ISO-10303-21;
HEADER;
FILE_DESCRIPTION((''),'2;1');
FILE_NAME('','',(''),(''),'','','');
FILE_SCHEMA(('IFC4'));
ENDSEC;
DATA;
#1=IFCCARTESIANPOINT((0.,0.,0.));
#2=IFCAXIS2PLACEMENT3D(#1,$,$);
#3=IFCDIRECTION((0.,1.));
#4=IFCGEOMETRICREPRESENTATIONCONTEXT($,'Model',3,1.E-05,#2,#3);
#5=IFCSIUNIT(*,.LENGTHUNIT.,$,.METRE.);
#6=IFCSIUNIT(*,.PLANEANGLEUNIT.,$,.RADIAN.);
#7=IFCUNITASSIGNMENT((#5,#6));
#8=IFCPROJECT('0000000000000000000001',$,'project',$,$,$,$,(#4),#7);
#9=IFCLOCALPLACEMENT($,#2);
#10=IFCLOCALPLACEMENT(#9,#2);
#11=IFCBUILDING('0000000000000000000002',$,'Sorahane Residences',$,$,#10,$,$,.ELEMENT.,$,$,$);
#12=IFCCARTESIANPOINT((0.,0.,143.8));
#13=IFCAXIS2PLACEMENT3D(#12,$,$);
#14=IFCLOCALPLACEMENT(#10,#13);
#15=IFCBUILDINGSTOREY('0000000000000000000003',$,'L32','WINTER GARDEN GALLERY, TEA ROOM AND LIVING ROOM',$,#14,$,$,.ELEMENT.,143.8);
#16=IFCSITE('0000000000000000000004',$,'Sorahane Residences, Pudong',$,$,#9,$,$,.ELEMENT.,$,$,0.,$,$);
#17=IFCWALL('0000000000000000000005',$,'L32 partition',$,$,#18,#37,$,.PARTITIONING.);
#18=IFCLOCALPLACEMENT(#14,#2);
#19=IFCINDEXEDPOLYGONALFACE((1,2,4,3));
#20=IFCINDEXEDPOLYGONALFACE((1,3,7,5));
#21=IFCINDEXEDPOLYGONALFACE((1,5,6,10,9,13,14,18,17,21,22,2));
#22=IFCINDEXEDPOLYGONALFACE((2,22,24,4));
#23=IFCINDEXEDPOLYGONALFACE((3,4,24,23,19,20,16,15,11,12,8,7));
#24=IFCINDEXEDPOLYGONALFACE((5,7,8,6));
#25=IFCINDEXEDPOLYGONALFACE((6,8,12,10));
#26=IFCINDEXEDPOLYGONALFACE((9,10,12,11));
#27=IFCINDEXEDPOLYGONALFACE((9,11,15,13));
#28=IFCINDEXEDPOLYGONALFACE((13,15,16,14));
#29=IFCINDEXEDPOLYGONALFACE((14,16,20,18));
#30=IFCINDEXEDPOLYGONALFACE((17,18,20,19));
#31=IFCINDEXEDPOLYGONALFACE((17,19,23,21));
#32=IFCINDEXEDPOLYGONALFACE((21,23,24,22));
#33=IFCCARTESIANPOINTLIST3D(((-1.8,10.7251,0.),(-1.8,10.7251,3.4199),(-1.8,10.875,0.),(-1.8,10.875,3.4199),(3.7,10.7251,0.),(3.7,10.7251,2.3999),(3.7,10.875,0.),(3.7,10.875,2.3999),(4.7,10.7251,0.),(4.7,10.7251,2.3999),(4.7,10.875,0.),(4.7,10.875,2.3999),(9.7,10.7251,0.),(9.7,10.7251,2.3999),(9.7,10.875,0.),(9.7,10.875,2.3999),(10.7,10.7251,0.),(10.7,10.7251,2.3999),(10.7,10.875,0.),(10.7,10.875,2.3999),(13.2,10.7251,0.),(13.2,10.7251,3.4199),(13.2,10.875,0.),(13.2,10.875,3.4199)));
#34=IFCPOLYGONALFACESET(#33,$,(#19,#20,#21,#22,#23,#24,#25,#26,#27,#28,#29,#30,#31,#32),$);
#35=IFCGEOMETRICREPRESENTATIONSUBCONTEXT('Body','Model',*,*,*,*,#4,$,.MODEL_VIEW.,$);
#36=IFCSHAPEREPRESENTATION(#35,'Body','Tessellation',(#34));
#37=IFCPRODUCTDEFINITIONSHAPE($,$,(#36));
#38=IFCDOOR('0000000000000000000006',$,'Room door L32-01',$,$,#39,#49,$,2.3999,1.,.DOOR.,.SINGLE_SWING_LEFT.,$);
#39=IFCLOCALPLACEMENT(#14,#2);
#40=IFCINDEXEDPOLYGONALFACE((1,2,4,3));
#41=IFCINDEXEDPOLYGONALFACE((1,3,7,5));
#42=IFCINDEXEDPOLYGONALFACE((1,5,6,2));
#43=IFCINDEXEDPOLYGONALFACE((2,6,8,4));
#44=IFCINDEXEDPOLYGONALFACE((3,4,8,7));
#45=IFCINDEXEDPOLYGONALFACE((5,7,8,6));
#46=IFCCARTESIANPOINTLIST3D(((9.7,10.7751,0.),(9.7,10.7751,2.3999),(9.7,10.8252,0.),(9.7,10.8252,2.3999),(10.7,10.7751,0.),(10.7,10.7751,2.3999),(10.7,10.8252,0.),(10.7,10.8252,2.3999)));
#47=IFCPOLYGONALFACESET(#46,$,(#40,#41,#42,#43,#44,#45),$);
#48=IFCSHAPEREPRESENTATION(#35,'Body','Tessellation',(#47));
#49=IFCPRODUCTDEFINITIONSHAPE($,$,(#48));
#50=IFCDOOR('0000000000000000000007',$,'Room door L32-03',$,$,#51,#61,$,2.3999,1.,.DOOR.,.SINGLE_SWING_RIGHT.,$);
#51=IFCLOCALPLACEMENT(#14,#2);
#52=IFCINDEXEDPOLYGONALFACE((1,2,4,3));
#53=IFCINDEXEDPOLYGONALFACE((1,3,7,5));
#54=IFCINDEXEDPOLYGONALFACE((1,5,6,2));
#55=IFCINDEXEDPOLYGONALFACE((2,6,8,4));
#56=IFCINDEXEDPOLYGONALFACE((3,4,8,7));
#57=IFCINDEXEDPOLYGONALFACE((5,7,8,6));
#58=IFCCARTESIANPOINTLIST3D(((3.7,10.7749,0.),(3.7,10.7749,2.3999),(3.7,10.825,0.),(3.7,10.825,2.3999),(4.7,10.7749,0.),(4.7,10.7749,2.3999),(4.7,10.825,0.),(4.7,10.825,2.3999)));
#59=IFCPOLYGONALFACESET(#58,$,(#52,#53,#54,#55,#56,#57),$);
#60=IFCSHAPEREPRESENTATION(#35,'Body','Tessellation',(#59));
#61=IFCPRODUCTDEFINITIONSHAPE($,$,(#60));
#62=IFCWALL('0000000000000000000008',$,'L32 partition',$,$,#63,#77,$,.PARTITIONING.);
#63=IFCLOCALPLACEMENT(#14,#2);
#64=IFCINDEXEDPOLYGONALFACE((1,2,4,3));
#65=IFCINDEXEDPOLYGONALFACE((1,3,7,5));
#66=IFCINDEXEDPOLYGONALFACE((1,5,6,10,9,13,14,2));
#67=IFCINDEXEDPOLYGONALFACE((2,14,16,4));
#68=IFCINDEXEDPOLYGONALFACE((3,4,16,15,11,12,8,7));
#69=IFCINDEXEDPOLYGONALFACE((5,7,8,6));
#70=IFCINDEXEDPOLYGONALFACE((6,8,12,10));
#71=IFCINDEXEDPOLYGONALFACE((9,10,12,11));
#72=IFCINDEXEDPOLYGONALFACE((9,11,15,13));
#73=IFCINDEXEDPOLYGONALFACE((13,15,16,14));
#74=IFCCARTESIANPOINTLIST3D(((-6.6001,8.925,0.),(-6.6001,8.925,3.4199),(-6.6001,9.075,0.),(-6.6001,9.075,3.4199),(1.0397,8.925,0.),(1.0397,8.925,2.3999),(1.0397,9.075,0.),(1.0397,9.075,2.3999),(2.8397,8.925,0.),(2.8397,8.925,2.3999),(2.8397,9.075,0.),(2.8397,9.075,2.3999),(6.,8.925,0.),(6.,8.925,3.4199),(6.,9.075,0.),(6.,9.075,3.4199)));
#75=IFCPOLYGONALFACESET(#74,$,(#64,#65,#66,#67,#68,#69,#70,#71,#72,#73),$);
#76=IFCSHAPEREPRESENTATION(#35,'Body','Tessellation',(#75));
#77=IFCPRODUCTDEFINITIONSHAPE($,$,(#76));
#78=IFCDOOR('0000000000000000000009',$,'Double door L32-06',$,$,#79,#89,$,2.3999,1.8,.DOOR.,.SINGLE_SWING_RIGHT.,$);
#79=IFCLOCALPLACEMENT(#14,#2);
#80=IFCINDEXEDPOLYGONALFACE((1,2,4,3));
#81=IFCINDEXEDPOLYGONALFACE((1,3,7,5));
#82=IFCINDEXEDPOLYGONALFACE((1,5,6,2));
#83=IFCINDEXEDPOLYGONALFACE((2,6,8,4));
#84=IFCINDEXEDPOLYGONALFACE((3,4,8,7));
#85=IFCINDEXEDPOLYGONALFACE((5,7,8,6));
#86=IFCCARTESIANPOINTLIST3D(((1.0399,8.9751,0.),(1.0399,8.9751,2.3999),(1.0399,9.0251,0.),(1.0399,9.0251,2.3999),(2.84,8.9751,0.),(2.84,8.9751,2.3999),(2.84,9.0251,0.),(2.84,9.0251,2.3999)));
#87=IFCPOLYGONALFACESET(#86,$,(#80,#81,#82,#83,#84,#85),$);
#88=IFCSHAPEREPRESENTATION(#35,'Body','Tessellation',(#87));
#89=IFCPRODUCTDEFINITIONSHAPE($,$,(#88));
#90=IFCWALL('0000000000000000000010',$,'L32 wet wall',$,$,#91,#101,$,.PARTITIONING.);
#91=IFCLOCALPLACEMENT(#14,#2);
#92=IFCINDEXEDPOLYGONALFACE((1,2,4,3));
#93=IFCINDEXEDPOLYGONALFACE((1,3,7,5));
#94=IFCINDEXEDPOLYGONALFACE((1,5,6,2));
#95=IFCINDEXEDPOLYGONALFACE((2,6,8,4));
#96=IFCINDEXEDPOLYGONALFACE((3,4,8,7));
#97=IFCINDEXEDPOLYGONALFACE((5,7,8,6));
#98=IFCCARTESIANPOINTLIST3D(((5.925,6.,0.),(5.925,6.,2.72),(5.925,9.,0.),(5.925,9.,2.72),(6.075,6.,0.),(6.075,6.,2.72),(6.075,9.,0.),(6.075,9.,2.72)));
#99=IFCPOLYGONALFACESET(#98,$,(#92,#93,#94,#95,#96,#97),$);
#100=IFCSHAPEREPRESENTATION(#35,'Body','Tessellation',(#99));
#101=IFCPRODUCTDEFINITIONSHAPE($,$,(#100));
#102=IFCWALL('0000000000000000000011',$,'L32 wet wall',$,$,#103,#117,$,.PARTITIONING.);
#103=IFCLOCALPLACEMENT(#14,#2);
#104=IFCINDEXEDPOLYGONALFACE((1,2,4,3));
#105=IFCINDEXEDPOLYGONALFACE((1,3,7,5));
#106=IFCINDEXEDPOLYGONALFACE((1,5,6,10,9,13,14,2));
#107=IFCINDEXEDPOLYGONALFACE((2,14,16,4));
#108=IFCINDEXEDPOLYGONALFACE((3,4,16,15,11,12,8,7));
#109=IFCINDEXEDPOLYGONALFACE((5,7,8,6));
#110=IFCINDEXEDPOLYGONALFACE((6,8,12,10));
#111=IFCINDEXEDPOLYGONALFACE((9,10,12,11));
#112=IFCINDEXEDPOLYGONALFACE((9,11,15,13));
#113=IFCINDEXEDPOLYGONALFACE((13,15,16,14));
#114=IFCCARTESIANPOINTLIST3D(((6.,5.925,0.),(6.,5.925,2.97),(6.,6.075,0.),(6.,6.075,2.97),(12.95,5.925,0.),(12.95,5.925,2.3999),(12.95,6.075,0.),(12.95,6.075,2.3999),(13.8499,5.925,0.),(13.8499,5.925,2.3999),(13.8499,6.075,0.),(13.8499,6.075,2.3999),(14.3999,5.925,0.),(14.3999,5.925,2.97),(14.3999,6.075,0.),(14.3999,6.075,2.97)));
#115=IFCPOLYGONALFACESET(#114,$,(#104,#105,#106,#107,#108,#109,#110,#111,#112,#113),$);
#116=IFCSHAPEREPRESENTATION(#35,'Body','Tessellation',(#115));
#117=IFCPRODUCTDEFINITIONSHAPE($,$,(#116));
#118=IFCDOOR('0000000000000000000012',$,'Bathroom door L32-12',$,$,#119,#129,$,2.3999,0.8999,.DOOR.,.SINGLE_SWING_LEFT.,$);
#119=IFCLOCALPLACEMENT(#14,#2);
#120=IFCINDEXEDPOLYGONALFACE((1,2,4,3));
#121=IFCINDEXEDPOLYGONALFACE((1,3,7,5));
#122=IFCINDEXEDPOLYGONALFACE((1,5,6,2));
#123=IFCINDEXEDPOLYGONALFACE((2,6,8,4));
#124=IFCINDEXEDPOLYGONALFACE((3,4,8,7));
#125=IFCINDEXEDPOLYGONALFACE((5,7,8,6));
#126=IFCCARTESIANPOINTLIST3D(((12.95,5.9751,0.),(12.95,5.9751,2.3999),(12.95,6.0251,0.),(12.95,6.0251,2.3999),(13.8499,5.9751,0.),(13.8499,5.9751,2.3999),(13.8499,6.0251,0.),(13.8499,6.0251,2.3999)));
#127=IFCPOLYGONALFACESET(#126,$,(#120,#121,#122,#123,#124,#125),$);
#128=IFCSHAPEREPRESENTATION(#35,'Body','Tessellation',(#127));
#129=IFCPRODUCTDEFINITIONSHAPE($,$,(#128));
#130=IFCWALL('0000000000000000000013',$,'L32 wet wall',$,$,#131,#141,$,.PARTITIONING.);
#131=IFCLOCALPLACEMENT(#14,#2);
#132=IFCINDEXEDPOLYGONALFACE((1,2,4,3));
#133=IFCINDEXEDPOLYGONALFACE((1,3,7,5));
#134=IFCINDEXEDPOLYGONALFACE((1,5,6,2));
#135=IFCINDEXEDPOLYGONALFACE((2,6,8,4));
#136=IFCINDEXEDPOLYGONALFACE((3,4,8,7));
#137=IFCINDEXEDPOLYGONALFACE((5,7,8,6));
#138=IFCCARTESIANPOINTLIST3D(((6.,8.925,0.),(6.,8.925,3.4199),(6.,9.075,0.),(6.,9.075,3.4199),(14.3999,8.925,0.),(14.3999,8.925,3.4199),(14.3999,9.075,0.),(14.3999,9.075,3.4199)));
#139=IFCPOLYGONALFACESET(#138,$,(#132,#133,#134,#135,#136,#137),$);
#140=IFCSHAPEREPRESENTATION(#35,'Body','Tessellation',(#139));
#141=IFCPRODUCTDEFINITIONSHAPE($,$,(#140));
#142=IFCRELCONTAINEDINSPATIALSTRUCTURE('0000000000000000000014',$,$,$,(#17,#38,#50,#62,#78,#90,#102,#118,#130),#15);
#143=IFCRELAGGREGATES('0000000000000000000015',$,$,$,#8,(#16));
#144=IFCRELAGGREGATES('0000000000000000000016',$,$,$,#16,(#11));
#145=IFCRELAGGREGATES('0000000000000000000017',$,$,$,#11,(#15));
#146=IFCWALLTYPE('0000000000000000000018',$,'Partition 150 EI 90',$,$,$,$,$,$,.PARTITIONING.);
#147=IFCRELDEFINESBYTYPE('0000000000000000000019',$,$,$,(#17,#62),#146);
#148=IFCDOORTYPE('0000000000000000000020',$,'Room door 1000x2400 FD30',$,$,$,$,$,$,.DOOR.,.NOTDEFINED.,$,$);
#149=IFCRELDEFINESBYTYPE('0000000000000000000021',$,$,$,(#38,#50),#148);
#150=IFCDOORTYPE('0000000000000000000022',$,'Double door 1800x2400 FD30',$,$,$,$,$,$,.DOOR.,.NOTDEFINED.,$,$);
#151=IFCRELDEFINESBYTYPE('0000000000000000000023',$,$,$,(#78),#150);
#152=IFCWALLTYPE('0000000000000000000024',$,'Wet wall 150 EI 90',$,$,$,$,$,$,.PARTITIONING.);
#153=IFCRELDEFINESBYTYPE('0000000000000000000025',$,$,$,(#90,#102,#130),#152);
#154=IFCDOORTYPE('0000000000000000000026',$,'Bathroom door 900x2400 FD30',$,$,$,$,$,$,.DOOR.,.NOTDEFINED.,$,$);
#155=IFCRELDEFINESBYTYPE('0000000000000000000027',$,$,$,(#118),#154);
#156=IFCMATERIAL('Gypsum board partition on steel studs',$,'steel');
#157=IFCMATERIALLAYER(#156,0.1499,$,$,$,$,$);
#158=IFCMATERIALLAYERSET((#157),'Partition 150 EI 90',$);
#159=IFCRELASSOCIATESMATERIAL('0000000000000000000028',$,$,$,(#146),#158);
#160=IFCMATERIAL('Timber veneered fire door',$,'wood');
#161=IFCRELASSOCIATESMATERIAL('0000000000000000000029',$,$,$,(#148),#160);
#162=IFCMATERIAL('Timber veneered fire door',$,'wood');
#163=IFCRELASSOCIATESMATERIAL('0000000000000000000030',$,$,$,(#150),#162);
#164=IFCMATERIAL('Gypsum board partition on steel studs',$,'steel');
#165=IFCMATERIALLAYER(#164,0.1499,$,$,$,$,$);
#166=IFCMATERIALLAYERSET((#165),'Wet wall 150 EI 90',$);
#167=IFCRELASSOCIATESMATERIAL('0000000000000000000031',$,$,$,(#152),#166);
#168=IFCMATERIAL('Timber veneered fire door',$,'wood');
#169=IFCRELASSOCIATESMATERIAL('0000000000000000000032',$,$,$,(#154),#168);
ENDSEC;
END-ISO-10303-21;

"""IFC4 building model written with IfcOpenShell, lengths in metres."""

from ifc_helpers import new_model, si_unit, direction, frame, frame_2d, origin, place, context, subcontext, project, spatial, rectangle, extrude, material, layer, layer_set, type_object, element, fill, save


model = new_model("IFC4")

# Units and contexts
model_context = context("Model", 3, precision=1e-05, world=origin(), true_north=direction((0.0, 1.0)))
body_context = subcontext(model_context, "Body", "Model", "MODEL_VIEW")
ifc_project = project(units=[si_unit("LENGTHUNIT", "METRE"), si_unit("PLANEANGLEUNIT", "RADIAN")], contexts=[model_context])

# Site, building, storey
site_placement = place(None, origin())
site = spatial("IfcSite", under=ifc_project, at=site_placement, Name="Sorahane Residences, Pudong", CompositionType="ELEMENT", RefElevation=0.0)
building_placement = place(site_placement, origin())
building = spatial("IfcBuilding", under=site, at=building_placement, Name="Sorahane Residences", CompositionType="ELEMENT")
storey_placement = place(building_placement, frame((0.0, 0.0, 143.8)))
storey = spatial("IfcBuildingStorey", under=building, at=storey_placement, Name="L32", Description="WINTER GARDEN GALLERY, TEA ROOM AND LIVING ROOM", CompositionType="ELEMENT", Elevation=143.8)

# Wall, openings, doors
ifc_material_1 = material(Name="Gypsum board partition on steel studs", Category="steel")
ifc_layer_1 = layer(ifc_material_1, 0.1499)
ifc_layer_set_1 = layer_set([ifc_layer_1], Name="Partition 150 EI 90")
wall_type_1 = type_object("IfcWallType", Name="Partition 150 EI 90", PredefinedType="PARTITIONING", material=ifc_layer_set_1)
wall_1_placement = place(storey_placement, frame((-1.8, 10.8, 0.0), z_axis=(0.0, 0.0, 1.0), x_axis=(1.0, 0.0, 0.0)))
wall_1 = element("IfcWall", 1, at=wall_1_placement, inside=storey, type_object=wall_type_1, Name="L32 partition", PredefinedType="PARTITIONING", context=body_context, shape_type="SweptSolid", body=[
    extrude(rectangle(XDim=15.0, YDim=0.1499, at=frame_2d((7.5, 0.0))), origin(), (0.0, 0.0, 1.0), 3.4199),
])
opening_1_placement = place(wall_1_placement, frame((11.5, 0.0, 0.0)))
opening_1 = element("IfcOpeningElement", 2, at=opening_1_placement, cuts=wall_1, PredefinedType="OPENING", context=body_context, shape_type="SweptSolid", body=[
    extrude(rectangle(XDim=1.0, YDim=2.3999, at=frame_2d((0.5, 1.2))), frame((0.0, 0.085, 0.0), z_axis=(0.0, -1.0, 0.0), x_axis=(1.0, 0.0, 0.0)), (0.0, 0.0, 1.0), 0.1699),
])
opening_2_placement = place(wall_1_placement, frame((5.5, 0.0, 0.0)))
opening_2 = element("IfcOpeningElement", 3, at=opening_2_placement, cuts=wall_1, PredefinedType="OPENING", context=body_context, shape_type="SweptSolid", body=[
    extrude(rectangle(XDim=1.0, YDim=2.3999, at=frame_2d((0.5, 1.2))), frame((0.0, 0.085, 0.0), z_axis=(0.0, -1.0, 0.0), x_axis=(1.0, 0.0, 0.0)), (0.0, 0.0, 1.0), 0.1699),
])
ifc_material_2 = material(Name="Timber veneered fire door", Category="wood")
door_type_1 = type_object("IfcDoorType", Name="Room door 1000x2400 FD30", OperationType="NOTDEFINED", PredefinedType="DOOR", material=ifc_material_2)
door_1_placement = place(opening_1_placement, frame((1.0, 0.0, 0.0), z_axis=(0.0, 0.0, 1.0), x_axis=(-1.0, 0.0, 0.0)))
door_1 = element("IfcDoor", 4, at=door_1_placement, inside=storey, type_object=door_type_1, Name="Room door L32-01", OperationType="SINGLE_SWING_LEFT", OverallHeight=2.3999, OverallWidth=1.0, PredefinedType="DOOR", context=body_context, shape_type="SweptSolid", body=[
    extrude(rectangle(XDim=1.0, YDim=2.3999, at=frame_2d((0.5, 1.2))), frame((0.0, 0.0249, 0.0), z_axis=(0.0, -1.0, 0.0), x_axis=(1.0, 0.0, 0.0)), (0.0, 0.0, 1.0), 0.05),
])
fill(opening_1, door_1)
door_2_placement = place(opening_2_placement, origin())
door_2 = element("IfcDoor", 5, at=door_2_placement, inside=storey, type_object=door_type_1, Name="Room door L32-03", OperationType="SINGLE_SWING_RIGHT", OverallHeight=2.3999, OverallWidth=1.0, PredefinedType="DOOR", context=body_context, shape_type="SweptSolid", body=[
    extrude(rectangle(XDim=1.0, YDim=2.3999, at=frame_2d((0.5, 1.2))), frame((0.0, 0.0249, 0.0), z_axis=(0.0, -1.0, 0.0), x_axis=(1.0, 0.0, 0.0)), (0.0, 0.0, 1.0), 0.05),
])
fill(opening_2, door_2)

# Wall, opening, door
wall_2_placement = place(storey_placement, frame((-6.6001, 9.0, 0.0), z_axis=(0.0, 0.0, 1.0), x_axis=(1.0, 0.0, 0.0)))
wall_2 = element("IfcWall", 6, at=wall_2_placement, inside=storey, type_object=wall_type_1, Name="L32 partition", PredefinedType="PARTITIONING", context=body_context, shape_type="SweptSolid", body=[
    extrude(rectangle(XDim=12.6001, YDim=0.1499, at=frame_2d((6.3, 0.0))), origin(), (0.0, 0.0, 1.0), 3.4199),
])
opening_3_placement = place(wall_2_placement, frame((7.6399, 0.0, 0.0)))
opening_3 = element("IfcOpeningElement", 7, at=opening_3_placement, cuts=wall_2, PredefinedType="OPENING", context=body_context, shape_type="SweptSolid", body=[
    extrude(rectangle(XDim=1.8, YDim=2.3999, at=frame_2d((0.8999, 1.2))), frame((0.0, 0.085, 0.0), z_axis=(0.0, -1.0, 0.0), x_axis=(1.0, 0.0, 0.0)), (0.0, 0.0, 1.0), 0.1699),
])
ifc_material_3 = material(Name="Timber veneered fire door", Category="wood")
door_type_2 = type_object("IfcDoorType", Name="Double door 1800x2400 FD30", OperationType="NOTDEFINED", PredefinedType="DOOR", material=ifc_material_3)
door_3_placement = place(opening_3_placement, frame((1.8, 0.0, 0.0), z_axis=(0.0, 0.0, 1.0), x_axis=(-1.0, 0.0, 0.0)))
door_3 = element("IfcDoor", 8, at=door_3_placement, inside=storey, type_object=door_type_2, Name="Double door L32-06", OperationType="SINGLE_SWING_RIGHT", OverallHeight=2.3999, OverallWidth=1.8, PredefinedType="DOOR", context=body_context, shape_type="SweptSolid", body=[
    extrude(rectangle(XDim=1.8, YDim=2.3999, at=frame_2d((0.8999, 1.2))), frame((0.0, 0.0249, 0.0), z_axis=(0.0, -1.0, 0.0), x_axis=(1.0, 0.0, 0.0)), (0.0, 0.0, 1.0), 0.05),
])
fill(opening_3, door_3)

# Wall
ifc_material_4 = material(Name="Gypsum board partition on steel studs", Category="steel")
ifc_layer_2 = layer(ifc_material_4, 0.1499)
ifc_layer_set_2 = layer_set([ifc_layer_2], Name="Wet wall 150 EI 90")
wall_type_2 = type_object("IfcWallType", Name="Wet wall 150 EI 90", PredefinedType="PARTITIONING", material=ifc_layer_set_2)
wall_3_placement = place(storey_placement, frame((6.0, 6.0, 0.0), z_axis=(0.0, 0.0, 1.0), x_axis=(0.0, 1.0, 0.0)))
element("IfcWall", 9, at=wall_3_placement, inside=storey, type_object=wall_type_2, Name="L32 wet wall", PredefinedType="PARTITIONING", context=body_context, shape_type="SweptSolid", body=[
    extrude(rectangle(XDim=3.0, YDim=0.1499, at=frame_2d((1.5, 0.0))), origin(), (0.0, 0.0, 1.0), 2.72),
])

# Wall, opening, door
wall_4_placement = place(storey_placement, frame((6.0, 6.0, 0.0), z_axis=(0.0, 0.0, 1.0), x_axis=(1.0, 0.0, 0.0)))
wall_4 = element("IfcWall", 10, at=wall_4_placement, inside=storey, type_object=wall_type_2, Name="L32 wet wall", PredefinedType="PARTITIONING", context=body_context, shape_type="SweptSolid", body=[
    extrude(rectangle(XDim=8.3999, YDim=0.1499, at=frame_2d((4.2, 0.0))), origin(), (0.0, 0.0, 1.0), 2.97),
])
opening_4_placement = place(wall_4_placement, frame((6.95, 0.0, 0.0)))
opening_4 = element("IfcOpeningElement", 11, at=opening_4_placement, cuts=wall_4, PredefinedType="OPENING", context=body_context, shape_type="SweptSolid", body=[
    extrude(rectangle(XDim=0.8999, YDim=2.3999, at=frame_2d((0.45, 1.2))), frame((0.0, 0.085, 0.0), z_axis=(0.0, -1.0, 0.0), x_axis=(1.0, 0.0, 0.0)), (0.0, 0.0, 1.0), 0.1699),
])
ifc_material_5 = material(Name="Timber veneered fire door", Category="wood")
door_type_3 = type_object("IfcDoorType", Name="Bathroom door 900x2400 FD30", OperationType="NOTDEFINED", PredefinedType="DOOR", material=ifc_material_5)
door_4_placement = place(opening_4_placement, frame((0.8999, 0.0, 0.0), z_axis=(0.0, 0.0, 1.0), x_axis=(-1.0, 0.0, 0.0)))
door_4 = element("IfcDoor", 12, at=door_4_placement, inside=storey, type_object=door_type_3, Name="Bathroom door L32-12", OperationType="SINGLE_SWING_LEFT", OverallHeight=2.3999, OverallWidth=0.8999, PredefinedType="DOOR", context=body_context, shape_type="SweptSolid", body=[
    extrude(rectangle(XDim=0.8999, YDim=2.3999, at=frame_2d((0.45, 1.2))), frame((0.0, 0.0249, 0.0), z_axis=(0.0, -1.0, 0.0), x_axis=(1.0, 0.0, 0.0)), (0.0, 0.0, 1.0), 0.05),
])
fill(opening_4, door_4)

# Wall
wall_5_placement = place(storey_placement, frame((6.0, 9.0, 0.0), z_axis=(0.0, 0.0, 1.0), x_axis=(1.0, 0.0, 0.0)))
element("IfcWall", 13, at=wall_5_placement, inside=storey, type_object=wall_type_2, Name="L32 wet wall", PredefinedType="PARTITIONING", context=body_context, shape_type="SweptSolid", body=[
    extrude(rectangle(XDim=8.3999, YDim=0.1499, at=frame_2d((4.2, 0.0))), origin(), (0.0, 0.0, 1.0), 3.4199),
])

save(model, "model.ifc")
